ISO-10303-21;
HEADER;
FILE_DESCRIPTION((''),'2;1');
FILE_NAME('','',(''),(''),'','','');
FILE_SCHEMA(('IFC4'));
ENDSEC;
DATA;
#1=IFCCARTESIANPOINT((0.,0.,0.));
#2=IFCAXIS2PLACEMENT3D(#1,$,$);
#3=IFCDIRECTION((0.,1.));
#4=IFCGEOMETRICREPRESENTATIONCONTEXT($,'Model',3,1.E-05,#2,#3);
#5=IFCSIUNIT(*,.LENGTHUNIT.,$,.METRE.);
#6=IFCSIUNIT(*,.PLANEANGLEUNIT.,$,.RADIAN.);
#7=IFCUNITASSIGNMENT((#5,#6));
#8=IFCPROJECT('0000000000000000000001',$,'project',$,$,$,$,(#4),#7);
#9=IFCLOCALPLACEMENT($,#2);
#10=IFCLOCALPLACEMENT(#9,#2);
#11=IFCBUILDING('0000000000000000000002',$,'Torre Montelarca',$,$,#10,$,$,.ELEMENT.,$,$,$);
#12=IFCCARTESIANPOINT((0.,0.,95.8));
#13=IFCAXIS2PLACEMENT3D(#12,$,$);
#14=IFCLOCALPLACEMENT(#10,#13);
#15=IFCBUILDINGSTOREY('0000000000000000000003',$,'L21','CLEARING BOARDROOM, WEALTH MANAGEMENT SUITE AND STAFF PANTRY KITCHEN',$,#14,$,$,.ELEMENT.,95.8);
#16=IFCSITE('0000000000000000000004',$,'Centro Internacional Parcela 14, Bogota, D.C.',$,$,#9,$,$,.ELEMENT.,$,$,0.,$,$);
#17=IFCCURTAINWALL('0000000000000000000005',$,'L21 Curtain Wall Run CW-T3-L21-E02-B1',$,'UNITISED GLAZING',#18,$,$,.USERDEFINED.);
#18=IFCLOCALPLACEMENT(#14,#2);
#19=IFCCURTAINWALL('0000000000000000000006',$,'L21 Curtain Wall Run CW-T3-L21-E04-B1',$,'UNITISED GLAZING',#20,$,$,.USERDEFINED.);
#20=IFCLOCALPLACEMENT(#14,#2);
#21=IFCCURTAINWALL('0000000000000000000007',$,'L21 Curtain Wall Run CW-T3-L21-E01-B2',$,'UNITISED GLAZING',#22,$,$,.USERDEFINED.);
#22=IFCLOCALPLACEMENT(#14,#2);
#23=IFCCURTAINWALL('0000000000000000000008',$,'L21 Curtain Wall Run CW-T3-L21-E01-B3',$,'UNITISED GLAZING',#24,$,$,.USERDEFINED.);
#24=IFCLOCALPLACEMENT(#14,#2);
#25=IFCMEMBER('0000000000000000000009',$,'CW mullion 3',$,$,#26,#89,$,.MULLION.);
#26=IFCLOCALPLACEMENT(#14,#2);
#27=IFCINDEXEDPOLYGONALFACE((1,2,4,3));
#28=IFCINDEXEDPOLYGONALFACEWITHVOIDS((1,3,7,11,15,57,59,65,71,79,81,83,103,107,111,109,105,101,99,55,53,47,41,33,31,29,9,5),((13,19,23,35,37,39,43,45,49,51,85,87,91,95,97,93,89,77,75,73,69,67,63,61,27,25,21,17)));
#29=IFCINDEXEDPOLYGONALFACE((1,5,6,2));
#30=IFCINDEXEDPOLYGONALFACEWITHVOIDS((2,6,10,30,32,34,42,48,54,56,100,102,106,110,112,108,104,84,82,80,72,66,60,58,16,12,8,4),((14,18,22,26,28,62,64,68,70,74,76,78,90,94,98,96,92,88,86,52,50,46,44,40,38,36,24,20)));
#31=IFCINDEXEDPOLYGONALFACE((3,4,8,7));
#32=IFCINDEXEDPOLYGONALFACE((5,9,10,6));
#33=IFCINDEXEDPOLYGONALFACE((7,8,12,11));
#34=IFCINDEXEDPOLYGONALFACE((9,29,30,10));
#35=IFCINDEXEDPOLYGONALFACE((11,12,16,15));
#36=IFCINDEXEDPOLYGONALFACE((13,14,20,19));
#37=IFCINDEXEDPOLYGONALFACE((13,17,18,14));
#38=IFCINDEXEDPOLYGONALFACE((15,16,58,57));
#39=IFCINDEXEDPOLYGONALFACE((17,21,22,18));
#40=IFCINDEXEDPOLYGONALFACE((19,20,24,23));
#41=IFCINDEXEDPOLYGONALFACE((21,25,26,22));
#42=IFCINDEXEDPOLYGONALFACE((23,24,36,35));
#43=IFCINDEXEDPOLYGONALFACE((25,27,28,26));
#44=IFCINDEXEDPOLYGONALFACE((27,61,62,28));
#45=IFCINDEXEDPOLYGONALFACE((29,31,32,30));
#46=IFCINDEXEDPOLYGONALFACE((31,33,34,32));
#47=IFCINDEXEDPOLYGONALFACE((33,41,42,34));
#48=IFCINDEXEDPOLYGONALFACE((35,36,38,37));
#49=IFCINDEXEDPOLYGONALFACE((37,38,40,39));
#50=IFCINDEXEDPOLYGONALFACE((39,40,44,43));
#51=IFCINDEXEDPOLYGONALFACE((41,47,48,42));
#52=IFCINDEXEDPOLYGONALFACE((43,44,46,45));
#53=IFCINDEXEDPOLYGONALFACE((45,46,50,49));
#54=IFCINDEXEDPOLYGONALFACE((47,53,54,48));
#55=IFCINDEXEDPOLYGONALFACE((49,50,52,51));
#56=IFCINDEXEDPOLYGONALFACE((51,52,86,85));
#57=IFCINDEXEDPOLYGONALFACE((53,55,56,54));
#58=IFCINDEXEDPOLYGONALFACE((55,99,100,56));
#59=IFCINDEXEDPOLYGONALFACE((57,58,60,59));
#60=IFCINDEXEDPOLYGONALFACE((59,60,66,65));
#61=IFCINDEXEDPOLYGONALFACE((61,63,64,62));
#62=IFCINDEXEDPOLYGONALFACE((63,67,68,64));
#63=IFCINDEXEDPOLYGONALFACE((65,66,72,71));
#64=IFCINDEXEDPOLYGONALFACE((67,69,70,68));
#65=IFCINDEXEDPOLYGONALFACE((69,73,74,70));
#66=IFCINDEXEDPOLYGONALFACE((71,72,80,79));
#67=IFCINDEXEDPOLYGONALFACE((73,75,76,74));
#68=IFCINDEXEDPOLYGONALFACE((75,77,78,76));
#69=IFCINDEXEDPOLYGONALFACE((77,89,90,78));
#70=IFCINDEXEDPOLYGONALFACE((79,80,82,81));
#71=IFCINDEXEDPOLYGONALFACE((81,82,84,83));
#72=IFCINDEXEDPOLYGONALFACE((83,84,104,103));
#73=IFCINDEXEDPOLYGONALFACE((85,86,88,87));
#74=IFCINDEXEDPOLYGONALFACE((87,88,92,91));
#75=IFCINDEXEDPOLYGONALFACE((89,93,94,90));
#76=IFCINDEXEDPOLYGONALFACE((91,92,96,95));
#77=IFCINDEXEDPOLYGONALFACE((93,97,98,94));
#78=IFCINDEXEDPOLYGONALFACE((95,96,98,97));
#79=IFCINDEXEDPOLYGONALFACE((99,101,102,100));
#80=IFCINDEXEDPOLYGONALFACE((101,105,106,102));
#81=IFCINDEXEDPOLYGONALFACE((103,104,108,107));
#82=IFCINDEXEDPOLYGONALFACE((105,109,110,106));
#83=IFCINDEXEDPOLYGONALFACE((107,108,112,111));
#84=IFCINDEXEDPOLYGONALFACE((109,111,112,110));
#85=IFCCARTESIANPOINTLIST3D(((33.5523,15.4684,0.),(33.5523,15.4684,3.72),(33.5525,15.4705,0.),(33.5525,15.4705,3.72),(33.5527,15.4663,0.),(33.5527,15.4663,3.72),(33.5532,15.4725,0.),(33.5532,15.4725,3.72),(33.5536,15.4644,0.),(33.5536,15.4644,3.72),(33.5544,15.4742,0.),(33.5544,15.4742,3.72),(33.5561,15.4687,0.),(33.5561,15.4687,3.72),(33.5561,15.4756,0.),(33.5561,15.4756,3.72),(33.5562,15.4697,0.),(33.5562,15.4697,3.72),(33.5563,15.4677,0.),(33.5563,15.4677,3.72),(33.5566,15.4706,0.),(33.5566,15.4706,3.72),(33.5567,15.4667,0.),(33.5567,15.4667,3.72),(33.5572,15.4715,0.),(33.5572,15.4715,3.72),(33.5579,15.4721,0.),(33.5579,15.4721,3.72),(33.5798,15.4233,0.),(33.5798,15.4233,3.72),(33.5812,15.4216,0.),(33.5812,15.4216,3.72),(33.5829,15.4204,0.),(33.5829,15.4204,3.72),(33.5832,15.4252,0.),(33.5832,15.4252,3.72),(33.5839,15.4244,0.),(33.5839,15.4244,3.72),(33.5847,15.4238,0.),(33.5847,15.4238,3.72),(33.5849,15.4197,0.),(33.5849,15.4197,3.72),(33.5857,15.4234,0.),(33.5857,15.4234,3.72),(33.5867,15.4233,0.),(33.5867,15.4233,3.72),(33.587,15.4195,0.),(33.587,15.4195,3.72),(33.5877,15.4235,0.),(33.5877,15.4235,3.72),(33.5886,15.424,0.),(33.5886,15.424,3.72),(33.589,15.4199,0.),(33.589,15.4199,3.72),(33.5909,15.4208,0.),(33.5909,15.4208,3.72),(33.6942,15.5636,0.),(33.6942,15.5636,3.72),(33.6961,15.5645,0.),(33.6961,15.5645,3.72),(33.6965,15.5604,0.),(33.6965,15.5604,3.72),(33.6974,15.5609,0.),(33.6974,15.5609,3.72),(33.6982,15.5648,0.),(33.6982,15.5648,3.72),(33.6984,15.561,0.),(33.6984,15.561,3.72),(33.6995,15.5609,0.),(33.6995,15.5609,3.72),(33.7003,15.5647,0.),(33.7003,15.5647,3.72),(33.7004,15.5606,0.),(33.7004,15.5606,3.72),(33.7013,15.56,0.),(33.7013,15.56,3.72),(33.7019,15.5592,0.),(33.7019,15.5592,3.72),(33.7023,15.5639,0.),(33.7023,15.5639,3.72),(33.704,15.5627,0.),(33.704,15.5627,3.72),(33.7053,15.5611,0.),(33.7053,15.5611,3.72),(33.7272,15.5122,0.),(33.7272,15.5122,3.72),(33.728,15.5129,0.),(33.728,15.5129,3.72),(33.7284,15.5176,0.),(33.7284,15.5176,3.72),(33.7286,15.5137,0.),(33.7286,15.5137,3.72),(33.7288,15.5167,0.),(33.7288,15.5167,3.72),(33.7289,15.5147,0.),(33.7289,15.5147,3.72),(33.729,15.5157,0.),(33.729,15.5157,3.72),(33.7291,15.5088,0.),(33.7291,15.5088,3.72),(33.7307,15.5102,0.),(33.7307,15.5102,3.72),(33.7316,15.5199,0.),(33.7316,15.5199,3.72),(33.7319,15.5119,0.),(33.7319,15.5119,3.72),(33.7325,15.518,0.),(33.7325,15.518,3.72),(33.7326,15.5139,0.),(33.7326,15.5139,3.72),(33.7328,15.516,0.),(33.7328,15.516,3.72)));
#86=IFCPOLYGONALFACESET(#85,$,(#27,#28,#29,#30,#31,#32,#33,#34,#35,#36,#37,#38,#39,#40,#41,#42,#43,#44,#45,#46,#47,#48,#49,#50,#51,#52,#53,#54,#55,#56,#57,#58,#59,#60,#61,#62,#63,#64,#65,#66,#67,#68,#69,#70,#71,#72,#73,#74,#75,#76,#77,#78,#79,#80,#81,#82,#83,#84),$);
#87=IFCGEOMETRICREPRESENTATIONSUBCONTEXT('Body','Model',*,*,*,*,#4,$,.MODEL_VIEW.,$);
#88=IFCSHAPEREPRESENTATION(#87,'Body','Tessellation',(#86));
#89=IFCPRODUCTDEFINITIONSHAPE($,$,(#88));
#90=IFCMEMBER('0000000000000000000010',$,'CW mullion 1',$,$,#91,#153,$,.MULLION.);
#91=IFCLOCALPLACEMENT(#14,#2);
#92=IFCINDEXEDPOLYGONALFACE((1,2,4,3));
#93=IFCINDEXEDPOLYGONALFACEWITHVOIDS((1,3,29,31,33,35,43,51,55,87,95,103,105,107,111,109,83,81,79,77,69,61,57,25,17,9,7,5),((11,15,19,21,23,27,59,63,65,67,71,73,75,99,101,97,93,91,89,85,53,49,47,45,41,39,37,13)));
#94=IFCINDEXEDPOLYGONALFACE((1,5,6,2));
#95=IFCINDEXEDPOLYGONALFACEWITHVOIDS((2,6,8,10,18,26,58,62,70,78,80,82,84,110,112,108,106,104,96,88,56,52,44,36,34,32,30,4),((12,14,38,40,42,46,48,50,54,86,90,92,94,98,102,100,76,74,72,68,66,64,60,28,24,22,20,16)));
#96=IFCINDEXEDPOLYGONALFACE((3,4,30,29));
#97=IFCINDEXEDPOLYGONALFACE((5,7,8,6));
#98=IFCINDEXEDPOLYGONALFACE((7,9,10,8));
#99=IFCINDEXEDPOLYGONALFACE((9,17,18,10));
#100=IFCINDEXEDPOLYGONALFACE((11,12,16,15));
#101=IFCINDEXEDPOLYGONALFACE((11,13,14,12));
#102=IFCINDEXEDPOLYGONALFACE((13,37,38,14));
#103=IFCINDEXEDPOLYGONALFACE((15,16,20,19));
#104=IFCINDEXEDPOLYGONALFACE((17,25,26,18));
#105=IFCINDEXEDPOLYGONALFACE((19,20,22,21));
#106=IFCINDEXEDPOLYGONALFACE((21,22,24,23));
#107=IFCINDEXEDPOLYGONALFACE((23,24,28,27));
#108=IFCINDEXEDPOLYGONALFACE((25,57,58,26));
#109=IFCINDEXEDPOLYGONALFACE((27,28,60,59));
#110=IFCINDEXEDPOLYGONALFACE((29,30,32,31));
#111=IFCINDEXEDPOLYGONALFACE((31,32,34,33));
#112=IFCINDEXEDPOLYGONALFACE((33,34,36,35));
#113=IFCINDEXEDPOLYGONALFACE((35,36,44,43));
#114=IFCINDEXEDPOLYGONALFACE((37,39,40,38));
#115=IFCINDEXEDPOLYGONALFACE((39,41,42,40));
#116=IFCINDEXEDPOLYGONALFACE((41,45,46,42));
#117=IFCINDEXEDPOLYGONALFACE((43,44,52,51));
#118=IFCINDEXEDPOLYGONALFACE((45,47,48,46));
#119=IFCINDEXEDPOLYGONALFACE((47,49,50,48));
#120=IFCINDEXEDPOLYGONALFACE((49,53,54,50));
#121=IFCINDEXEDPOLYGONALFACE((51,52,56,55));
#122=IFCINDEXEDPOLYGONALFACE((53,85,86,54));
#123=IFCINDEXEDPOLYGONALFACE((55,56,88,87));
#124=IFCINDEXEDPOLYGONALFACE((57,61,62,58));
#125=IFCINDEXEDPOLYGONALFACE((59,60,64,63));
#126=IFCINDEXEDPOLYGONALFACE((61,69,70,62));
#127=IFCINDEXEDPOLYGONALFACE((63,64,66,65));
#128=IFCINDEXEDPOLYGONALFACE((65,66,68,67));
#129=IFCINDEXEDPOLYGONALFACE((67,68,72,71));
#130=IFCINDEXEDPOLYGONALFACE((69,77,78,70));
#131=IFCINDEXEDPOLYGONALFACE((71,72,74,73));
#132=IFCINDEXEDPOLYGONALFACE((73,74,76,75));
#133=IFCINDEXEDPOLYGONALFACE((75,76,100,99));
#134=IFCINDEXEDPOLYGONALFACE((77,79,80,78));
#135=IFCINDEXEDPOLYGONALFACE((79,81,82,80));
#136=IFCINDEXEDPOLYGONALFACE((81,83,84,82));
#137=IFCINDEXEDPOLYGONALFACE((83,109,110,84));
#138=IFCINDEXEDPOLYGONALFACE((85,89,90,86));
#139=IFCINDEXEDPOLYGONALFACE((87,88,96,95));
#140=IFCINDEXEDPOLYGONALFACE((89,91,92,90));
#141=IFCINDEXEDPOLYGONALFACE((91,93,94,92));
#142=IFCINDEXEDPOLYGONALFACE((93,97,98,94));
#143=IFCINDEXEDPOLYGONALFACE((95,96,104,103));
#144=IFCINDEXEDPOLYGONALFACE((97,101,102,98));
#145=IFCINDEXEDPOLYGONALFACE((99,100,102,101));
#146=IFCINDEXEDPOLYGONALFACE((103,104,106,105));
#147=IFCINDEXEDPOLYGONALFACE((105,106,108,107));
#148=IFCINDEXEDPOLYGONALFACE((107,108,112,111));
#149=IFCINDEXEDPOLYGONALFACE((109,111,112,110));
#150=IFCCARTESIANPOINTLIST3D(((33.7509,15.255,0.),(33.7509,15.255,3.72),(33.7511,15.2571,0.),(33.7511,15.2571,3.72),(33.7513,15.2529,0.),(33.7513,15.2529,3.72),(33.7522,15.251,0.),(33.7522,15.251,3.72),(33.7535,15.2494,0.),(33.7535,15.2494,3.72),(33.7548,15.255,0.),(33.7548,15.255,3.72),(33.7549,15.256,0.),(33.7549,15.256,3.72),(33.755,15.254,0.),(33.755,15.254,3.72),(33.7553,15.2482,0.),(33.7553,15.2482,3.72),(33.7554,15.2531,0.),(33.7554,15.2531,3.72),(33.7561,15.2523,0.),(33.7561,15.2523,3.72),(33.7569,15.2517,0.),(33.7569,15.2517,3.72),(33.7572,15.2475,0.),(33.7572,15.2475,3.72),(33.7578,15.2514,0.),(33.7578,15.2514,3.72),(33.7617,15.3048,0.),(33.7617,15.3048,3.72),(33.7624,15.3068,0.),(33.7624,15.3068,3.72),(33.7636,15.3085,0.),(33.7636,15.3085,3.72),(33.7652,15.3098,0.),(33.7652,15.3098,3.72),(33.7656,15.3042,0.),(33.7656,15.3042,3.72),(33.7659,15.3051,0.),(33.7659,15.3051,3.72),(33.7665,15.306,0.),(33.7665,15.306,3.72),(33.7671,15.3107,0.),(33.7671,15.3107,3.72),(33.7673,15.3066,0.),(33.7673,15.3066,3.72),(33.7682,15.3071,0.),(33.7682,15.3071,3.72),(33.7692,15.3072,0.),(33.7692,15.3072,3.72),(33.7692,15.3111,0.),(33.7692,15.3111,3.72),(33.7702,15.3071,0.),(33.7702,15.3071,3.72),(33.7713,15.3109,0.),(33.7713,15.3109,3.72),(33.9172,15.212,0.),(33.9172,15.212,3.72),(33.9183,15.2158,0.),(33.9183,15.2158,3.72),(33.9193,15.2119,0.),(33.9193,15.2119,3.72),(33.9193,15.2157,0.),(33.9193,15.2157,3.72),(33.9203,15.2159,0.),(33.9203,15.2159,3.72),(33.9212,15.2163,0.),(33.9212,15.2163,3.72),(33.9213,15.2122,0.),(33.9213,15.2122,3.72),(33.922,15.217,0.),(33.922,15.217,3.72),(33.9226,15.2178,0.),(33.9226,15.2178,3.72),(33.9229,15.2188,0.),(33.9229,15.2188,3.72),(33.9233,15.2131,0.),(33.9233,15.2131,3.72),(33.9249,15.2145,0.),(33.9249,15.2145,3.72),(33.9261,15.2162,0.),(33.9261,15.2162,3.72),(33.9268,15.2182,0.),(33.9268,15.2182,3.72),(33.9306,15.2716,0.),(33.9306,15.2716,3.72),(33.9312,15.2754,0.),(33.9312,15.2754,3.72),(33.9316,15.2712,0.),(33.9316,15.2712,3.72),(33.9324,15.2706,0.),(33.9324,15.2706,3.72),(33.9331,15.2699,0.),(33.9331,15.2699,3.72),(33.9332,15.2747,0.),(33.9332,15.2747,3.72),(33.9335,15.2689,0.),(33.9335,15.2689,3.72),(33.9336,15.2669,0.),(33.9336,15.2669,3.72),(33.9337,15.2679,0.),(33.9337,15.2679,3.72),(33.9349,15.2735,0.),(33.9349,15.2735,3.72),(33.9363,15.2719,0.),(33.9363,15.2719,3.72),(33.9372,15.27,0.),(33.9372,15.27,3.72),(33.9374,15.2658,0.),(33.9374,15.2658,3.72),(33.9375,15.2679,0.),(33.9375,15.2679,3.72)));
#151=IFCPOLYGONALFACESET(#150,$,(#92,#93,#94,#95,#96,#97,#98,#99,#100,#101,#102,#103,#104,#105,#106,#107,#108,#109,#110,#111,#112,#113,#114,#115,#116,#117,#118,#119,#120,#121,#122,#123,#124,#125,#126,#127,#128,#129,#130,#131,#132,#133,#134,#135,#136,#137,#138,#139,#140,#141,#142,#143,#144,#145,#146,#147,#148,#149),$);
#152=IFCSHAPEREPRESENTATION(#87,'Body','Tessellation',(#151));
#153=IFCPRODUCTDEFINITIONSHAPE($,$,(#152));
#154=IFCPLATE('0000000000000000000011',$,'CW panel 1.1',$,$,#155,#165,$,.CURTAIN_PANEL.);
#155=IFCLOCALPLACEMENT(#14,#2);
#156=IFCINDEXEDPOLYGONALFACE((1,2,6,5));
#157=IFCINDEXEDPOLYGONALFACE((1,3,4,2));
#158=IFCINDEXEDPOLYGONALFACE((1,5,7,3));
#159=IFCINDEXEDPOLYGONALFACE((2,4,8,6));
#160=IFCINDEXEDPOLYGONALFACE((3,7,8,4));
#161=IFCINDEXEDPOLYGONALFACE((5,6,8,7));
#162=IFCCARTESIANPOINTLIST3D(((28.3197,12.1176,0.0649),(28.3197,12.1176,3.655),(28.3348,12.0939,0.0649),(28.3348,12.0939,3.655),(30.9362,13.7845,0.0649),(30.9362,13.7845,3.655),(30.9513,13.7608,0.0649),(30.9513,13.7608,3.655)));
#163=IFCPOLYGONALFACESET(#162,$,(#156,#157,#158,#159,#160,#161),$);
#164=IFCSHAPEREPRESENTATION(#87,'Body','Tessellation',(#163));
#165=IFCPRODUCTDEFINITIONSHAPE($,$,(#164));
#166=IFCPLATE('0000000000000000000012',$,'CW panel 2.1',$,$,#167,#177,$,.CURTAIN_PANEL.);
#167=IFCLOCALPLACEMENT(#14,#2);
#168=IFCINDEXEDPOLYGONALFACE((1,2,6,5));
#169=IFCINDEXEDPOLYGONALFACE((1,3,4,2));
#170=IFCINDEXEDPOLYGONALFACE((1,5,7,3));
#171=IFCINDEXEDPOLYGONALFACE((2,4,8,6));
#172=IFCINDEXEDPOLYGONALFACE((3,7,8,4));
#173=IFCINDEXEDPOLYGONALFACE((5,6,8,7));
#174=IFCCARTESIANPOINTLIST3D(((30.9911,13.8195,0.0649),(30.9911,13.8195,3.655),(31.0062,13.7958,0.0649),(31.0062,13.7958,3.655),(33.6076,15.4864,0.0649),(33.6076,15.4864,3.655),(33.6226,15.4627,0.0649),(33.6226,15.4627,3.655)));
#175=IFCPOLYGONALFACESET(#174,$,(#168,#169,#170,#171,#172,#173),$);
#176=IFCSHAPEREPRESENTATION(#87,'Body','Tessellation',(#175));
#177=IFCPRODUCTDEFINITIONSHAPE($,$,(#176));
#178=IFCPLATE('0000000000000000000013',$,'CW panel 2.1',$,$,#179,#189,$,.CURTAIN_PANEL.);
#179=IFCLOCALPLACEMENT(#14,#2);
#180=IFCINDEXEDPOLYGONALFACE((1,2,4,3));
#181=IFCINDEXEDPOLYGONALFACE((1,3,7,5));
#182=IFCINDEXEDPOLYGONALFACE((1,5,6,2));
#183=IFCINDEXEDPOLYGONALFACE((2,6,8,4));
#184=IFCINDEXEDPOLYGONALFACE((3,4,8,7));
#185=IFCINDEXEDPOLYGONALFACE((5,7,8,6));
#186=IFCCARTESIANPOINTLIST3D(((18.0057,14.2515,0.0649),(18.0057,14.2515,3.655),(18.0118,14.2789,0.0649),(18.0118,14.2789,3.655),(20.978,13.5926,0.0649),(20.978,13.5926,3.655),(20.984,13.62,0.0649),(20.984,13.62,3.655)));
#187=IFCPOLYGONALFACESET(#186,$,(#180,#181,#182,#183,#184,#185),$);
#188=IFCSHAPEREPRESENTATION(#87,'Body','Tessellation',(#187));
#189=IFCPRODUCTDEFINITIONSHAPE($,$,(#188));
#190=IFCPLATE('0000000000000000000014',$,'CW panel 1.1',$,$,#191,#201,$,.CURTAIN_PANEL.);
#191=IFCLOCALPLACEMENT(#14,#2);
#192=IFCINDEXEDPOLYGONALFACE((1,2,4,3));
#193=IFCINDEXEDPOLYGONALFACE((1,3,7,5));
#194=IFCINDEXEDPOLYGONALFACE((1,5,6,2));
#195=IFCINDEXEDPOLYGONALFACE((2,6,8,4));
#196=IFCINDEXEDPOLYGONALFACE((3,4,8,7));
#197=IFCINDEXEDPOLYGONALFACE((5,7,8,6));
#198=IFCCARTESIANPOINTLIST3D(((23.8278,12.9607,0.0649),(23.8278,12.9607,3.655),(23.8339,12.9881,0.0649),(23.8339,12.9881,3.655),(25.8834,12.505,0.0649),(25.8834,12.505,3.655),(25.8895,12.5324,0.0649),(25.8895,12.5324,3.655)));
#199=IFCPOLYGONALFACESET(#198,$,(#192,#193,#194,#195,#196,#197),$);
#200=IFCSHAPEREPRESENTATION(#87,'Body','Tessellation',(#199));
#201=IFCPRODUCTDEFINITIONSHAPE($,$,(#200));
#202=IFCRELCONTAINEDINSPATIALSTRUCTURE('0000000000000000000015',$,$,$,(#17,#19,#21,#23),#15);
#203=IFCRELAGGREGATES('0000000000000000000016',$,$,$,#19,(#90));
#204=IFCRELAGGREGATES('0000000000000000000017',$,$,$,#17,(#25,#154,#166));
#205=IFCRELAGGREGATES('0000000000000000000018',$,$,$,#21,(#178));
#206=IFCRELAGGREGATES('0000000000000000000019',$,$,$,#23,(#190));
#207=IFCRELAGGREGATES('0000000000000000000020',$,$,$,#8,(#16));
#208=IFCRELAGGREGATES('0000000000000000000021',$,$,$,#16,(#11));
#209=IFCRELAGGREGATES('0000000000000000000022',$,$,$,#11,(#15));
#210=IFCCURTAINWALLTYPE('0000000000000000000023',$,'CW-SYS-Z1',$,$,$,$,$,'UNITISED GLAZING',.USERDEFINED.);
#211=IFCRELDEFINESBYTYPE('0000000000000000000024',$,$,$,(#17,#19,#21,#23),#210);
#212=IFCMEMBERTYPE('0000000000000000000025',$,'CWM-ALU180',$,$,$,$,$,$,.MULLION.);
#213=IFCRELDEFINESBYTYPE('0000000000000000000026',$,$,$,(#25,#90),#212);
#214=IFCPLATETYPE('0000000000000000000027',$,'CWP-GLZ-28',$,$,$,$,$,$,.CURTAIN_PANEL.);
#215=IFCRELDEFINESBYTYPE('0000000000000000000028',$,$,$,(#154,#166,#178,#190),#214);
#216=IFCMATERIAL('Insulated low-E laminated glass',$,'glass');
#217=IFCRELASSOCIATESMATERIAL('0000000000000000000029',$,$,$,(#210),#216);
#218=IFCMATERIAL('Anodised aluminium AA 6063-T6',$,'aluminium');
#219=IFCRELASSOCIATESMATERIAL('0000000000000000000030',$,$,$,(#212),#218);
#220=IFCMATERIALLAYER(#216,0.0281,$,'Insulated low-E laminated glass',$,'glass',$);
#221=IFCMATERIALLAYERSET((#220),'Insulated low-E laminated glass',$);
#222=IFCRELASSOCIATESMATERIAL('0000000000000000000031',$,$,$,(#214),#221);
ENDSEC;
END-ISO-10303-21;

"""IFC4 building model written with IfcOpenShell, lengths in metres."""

from ifc_helpers import new_model, si_unit, direction, frame, origin, origin_2d, place, context, subcontext, project, spatial, rectangle, hollow_rectangle, extrude, source, transform, mapped, material, layer, layer_set, material_profile, profile_set, type_object, element, aggregate, save


model = new_model("IFC4")

# Units and contexts
model_context = context("Model", 3, precision=1e-05, world=origin(), true_north=direction((0.0, 1.0)))
body_context = subcontext(model_context, "Body", "Model", "MODEL_VIEW")
ifc_project = project(units=[si_unit("LENGTHUNIT", "METRE"), si_unit("PLANEANGLEUNIT", "RADIAN")], contexts=[model_context])

# Site, building, storey
site_placement = place(None, origin())
site = spatial("IfcSite", under=ifc_project, at=site_placement, Name="Centro Internacional Parcela 14, Bogota, D.C.", CompositionType="ELEMENT", RefElevation=0.0)
building_placement = place(site_placement, origin())
building = spatial("IfcBuilding", under=site, at=building_placement, Name="Torre Montelarca", CompositionType="ELEMENT")
storey_placement = place(building_placement, frame((0.0, 0.0, 95.8)))
storey = spatial("IfcBuildingStorey", under=building, at=storey_placement, Name="L21", Description="CLEARING BOARDROOM, WEALTH MANAGEMENT SUITE AND STAFF PANTRY KITCHEN", CompositionType="ELEMENT", Elevation=95.8)

# Curtain wall
ifc_material_1 = material(Name="Insulated low-E laminated glass", Category="glass")
curtain_wall_type = type_object("IfcCurtainWallType", Name="CW-SYS-Z1", ElementType="UNITISED GLAZING", PredefinedType="USERDEFINED", material=ifc_material_1)
curtain_wall_1_placement = place(storey_placement, origin())
curtain_wall_1 = element("IfcCurtainWall", 1, at=curtain_wall_1_placement, inside=storey, type_object=curtain_wall_type, Name="L21 Curtain Wall Run CW-T3-L21-E02-B1", ObjectType="UNITISED GLAZING", PredefinedType="USERDEFINED")
ifc_material_2 = material(Name="Anodised aluminium AA 6063-T6", Category="aluminium")

# Curtain walls
curtain_wall_2_placement = place(storey_placement, origin())
curtain_wall_2 = element("IfcCurtainWall", 2, at=curtain_wall_2_placement, inside=storey, type_object=curtain_wall_type, Name="L21 Curtain Wall Run CW-T3-L21-E04-B1", ObjectType="UNITISED GLAZING", PredefinedType="USERDEFINED")
curtain_wall_3_placement = place(storey_placement, origin())
curtain_wall_3 = element("IfcCurtainWall", 3, at=curtain_wall_3_placement, inside=storey, type_object=curtain_wall_type, Name="L21 Curtain Wall Run CW-T3-L21-E01-B2", ObjectType="UNITISED GLAZING", PredefinedType="USERDEFINED")

# Curtain wall
curtain_wall_4_placement = place(storey_placement, origin())
curtain_wall_4 = element("IfcCurtainWall", 4, at=curtain_wall_4_placement, inside=storey, type_object=curtain_wall_type, Name="L21 Curtain Wall Run CW-T3-L21-E01-B3", ObjectType="UNITISED GLAZING", PredefinedType="USERDEFINED")

# Members
ifc_material_profile_1 = material_profile(ifc_material_2, hollow_rectangle(XDim=0.0649, YDim=0.1799, WallThickness=0.0039, InnerFilletRadius=0.0039, OuterFilletRadius=0.0081, at=origin_2d()), Name="ALU65X180X4", Category="aluminium")
ifc_profile_set_1 = profile_set([ifc_material_profile_1], Name="Anodised aluminium AA 6063-T6")
member_type_1 = type_object("IfcMemberType", Name="CWM-ALU180", PredefinedType="MULLION", material=ifc_profile_set_1)
shared_shape_1 = source(origin(), body_context, "Body", "SweptSolid", [
    extrude(hollow_rectangle(XDim=0.0649, YDim=0.1799, WallThickness=0.0039, InnerFilletRadius=0.0039, OuterFilletRadius=0.0081, at=origin_2d()), origin(), (0.0, 0.0, 1.0), 3.72),
])
member_1_placement = place(storey_placement, frame((33.6426, 15.4922, 0.0), z_axis=(0.0, 0.0, 1.0), x_axis=(-0.537312, 0.843383, 0.0)))
member_1 = element("IfcMember", 5, at=member_1_placement, type_object=member_type_1, Name="CW mullion 3", PredefinedType="MULLION", context=body_context, shape_type="MappedRepresentation", body=[
    mapped(shared_shape_1, transform((0.0, 0.0, 0.0), scale=1.0)),
])
member_2_placement = place(storey_placement, frame((33.8442, 15.2615, 0.0), z_axis=(0.0, 0.0, 1.0), x_axis=(0.216437, 0.976297, 0.0)))
member_2 = element("IfcMember", 6, at=member_2_placement, type_object=member_type_1, Name="CW mullion 1", PredefinedType="MULLION", context=body_context, shape_type="MappedRepresentation", body=[
    mapped(shared_shape_1, transform((0.0, 0.0, 0.0), scale=1.0)),
])
aggregate(curtain_wall_2, [member_2])

# Plates
ifc_layer_1 = layer(ifc_material_1, 0.0281, Name="Insulated low-E laminated glass", Category="glass")
ifc_layer_set_1 = layer_set([ifc_layer_1], Name="Insulated low-E laminated glass")
plate_type = type_object("IfcPlateType", Name="CWP-GLZ-28", PredefinedType="CURTAIN_PANEL", material=ifc_layer_set_1)
shared_shape_2 = source(origin(), body_context, "Body", "SweptSolid", [
    extrude(rectangle(XDim=3.1023, YDim=0.0281, at=origin_2d()), origin(), (0.0, 0.0, 1.0), 3.5901),
])
plate_1_placement = place(storey_placement, frame((29.6355, 12.9392, 0.0649), z_axis=(0.0, 0.0, 1.0), x_axis=(0.843383, 0.537312, 0.0)))
plate_1 = element("IfcPlate", 7, at=plate_1_placement, type_object=plate_type, Name="CW panel 1.1", PredefinedType="CURTAIN_PANEL", context=body_context, shape_type="MappedRepresentation", body=[
    mapped(shared_shape_2, transform((0.0, 0.0, 0.0), scale=1.0)),
])
plate_2_placement = place(storey_placement, frame((32.3069, 14.6411, 0.0649), z_axis=(0.0, 0.0, 1.0), x_axis=(0.843383, 0.537312, 0.0)))
plate_2 = element("IfcPlate", 8, at=plate_2_placement, type_object=plate_type, Name="CW panel 2.1", PredefinedType="CURTAIN_PANEL", context=body_context, shape_type="MappedRepresentation", body=[
    mapped(shared_shape_2, transform((0.0, 0.0, 0.0), scale=1.0)),
])
aggregate(curtain_wall_1, [member_1, plate_1, plate_2])
shared_shape_3 = source(origin(), body_context, "Body", "SweptSolid", [
    extrude(rectangle(XDim=3.0444, YDim=0.0281, at=origin_2d()), origin(), (0.0, 0.0, 1.0), 3.5901),
])
plate_3_placement = place(storey_placement, frame((19.4949, 13.9358, 0.0649), z_axis=(0.0, 0.0, 1.0), x_axis=(0.976299, -0.216428, 0.0)))
plate_3 = element("IfcPlate", 9, at=plate_3_placement, type_object=plate_type, Name="CW panel 2.1", PredefinedType="CURTAIN_PANEL", context=body_context, shape_type="MappedRepresentation", body=[
    mapped(shared_shape_3, transform((0.0, 0.0, 0.0), scale=1.0)),
])
aggregate(curtain_wall_3, [plate_3])
shared_shape_4 = source(origin(), body_context, "Body", "SweptSolid", [
    extrude(rectangle(XDim=2.1055, YDim=0.0281, at=origin_2d()), origin(), (0.0, 0.0, 1.0), 3.5901),
])
plate_4_placement = place(storey_placement, frame((24.8586, 12.7466, 0.0649), z_axis=(0.0, 0.0, 1.0), x_axis=(0.976295, -0.216445, 0.0)))
plate_4 = element("IfcPlate", 10, at=plate_4_placement, type_object=plate_type, Name="CW panel 1.1", PredefinedType="CURTAIN_PANEL", context=body_context, shape_type="MappedRepresentation", body=[
    mapped(shared_shape_4, transform((0.0, 0.0, 0.0), scale=1.0)),
])
aggregate(curtain_wall_4, [plate_4])

save(model, "model.ifc")
